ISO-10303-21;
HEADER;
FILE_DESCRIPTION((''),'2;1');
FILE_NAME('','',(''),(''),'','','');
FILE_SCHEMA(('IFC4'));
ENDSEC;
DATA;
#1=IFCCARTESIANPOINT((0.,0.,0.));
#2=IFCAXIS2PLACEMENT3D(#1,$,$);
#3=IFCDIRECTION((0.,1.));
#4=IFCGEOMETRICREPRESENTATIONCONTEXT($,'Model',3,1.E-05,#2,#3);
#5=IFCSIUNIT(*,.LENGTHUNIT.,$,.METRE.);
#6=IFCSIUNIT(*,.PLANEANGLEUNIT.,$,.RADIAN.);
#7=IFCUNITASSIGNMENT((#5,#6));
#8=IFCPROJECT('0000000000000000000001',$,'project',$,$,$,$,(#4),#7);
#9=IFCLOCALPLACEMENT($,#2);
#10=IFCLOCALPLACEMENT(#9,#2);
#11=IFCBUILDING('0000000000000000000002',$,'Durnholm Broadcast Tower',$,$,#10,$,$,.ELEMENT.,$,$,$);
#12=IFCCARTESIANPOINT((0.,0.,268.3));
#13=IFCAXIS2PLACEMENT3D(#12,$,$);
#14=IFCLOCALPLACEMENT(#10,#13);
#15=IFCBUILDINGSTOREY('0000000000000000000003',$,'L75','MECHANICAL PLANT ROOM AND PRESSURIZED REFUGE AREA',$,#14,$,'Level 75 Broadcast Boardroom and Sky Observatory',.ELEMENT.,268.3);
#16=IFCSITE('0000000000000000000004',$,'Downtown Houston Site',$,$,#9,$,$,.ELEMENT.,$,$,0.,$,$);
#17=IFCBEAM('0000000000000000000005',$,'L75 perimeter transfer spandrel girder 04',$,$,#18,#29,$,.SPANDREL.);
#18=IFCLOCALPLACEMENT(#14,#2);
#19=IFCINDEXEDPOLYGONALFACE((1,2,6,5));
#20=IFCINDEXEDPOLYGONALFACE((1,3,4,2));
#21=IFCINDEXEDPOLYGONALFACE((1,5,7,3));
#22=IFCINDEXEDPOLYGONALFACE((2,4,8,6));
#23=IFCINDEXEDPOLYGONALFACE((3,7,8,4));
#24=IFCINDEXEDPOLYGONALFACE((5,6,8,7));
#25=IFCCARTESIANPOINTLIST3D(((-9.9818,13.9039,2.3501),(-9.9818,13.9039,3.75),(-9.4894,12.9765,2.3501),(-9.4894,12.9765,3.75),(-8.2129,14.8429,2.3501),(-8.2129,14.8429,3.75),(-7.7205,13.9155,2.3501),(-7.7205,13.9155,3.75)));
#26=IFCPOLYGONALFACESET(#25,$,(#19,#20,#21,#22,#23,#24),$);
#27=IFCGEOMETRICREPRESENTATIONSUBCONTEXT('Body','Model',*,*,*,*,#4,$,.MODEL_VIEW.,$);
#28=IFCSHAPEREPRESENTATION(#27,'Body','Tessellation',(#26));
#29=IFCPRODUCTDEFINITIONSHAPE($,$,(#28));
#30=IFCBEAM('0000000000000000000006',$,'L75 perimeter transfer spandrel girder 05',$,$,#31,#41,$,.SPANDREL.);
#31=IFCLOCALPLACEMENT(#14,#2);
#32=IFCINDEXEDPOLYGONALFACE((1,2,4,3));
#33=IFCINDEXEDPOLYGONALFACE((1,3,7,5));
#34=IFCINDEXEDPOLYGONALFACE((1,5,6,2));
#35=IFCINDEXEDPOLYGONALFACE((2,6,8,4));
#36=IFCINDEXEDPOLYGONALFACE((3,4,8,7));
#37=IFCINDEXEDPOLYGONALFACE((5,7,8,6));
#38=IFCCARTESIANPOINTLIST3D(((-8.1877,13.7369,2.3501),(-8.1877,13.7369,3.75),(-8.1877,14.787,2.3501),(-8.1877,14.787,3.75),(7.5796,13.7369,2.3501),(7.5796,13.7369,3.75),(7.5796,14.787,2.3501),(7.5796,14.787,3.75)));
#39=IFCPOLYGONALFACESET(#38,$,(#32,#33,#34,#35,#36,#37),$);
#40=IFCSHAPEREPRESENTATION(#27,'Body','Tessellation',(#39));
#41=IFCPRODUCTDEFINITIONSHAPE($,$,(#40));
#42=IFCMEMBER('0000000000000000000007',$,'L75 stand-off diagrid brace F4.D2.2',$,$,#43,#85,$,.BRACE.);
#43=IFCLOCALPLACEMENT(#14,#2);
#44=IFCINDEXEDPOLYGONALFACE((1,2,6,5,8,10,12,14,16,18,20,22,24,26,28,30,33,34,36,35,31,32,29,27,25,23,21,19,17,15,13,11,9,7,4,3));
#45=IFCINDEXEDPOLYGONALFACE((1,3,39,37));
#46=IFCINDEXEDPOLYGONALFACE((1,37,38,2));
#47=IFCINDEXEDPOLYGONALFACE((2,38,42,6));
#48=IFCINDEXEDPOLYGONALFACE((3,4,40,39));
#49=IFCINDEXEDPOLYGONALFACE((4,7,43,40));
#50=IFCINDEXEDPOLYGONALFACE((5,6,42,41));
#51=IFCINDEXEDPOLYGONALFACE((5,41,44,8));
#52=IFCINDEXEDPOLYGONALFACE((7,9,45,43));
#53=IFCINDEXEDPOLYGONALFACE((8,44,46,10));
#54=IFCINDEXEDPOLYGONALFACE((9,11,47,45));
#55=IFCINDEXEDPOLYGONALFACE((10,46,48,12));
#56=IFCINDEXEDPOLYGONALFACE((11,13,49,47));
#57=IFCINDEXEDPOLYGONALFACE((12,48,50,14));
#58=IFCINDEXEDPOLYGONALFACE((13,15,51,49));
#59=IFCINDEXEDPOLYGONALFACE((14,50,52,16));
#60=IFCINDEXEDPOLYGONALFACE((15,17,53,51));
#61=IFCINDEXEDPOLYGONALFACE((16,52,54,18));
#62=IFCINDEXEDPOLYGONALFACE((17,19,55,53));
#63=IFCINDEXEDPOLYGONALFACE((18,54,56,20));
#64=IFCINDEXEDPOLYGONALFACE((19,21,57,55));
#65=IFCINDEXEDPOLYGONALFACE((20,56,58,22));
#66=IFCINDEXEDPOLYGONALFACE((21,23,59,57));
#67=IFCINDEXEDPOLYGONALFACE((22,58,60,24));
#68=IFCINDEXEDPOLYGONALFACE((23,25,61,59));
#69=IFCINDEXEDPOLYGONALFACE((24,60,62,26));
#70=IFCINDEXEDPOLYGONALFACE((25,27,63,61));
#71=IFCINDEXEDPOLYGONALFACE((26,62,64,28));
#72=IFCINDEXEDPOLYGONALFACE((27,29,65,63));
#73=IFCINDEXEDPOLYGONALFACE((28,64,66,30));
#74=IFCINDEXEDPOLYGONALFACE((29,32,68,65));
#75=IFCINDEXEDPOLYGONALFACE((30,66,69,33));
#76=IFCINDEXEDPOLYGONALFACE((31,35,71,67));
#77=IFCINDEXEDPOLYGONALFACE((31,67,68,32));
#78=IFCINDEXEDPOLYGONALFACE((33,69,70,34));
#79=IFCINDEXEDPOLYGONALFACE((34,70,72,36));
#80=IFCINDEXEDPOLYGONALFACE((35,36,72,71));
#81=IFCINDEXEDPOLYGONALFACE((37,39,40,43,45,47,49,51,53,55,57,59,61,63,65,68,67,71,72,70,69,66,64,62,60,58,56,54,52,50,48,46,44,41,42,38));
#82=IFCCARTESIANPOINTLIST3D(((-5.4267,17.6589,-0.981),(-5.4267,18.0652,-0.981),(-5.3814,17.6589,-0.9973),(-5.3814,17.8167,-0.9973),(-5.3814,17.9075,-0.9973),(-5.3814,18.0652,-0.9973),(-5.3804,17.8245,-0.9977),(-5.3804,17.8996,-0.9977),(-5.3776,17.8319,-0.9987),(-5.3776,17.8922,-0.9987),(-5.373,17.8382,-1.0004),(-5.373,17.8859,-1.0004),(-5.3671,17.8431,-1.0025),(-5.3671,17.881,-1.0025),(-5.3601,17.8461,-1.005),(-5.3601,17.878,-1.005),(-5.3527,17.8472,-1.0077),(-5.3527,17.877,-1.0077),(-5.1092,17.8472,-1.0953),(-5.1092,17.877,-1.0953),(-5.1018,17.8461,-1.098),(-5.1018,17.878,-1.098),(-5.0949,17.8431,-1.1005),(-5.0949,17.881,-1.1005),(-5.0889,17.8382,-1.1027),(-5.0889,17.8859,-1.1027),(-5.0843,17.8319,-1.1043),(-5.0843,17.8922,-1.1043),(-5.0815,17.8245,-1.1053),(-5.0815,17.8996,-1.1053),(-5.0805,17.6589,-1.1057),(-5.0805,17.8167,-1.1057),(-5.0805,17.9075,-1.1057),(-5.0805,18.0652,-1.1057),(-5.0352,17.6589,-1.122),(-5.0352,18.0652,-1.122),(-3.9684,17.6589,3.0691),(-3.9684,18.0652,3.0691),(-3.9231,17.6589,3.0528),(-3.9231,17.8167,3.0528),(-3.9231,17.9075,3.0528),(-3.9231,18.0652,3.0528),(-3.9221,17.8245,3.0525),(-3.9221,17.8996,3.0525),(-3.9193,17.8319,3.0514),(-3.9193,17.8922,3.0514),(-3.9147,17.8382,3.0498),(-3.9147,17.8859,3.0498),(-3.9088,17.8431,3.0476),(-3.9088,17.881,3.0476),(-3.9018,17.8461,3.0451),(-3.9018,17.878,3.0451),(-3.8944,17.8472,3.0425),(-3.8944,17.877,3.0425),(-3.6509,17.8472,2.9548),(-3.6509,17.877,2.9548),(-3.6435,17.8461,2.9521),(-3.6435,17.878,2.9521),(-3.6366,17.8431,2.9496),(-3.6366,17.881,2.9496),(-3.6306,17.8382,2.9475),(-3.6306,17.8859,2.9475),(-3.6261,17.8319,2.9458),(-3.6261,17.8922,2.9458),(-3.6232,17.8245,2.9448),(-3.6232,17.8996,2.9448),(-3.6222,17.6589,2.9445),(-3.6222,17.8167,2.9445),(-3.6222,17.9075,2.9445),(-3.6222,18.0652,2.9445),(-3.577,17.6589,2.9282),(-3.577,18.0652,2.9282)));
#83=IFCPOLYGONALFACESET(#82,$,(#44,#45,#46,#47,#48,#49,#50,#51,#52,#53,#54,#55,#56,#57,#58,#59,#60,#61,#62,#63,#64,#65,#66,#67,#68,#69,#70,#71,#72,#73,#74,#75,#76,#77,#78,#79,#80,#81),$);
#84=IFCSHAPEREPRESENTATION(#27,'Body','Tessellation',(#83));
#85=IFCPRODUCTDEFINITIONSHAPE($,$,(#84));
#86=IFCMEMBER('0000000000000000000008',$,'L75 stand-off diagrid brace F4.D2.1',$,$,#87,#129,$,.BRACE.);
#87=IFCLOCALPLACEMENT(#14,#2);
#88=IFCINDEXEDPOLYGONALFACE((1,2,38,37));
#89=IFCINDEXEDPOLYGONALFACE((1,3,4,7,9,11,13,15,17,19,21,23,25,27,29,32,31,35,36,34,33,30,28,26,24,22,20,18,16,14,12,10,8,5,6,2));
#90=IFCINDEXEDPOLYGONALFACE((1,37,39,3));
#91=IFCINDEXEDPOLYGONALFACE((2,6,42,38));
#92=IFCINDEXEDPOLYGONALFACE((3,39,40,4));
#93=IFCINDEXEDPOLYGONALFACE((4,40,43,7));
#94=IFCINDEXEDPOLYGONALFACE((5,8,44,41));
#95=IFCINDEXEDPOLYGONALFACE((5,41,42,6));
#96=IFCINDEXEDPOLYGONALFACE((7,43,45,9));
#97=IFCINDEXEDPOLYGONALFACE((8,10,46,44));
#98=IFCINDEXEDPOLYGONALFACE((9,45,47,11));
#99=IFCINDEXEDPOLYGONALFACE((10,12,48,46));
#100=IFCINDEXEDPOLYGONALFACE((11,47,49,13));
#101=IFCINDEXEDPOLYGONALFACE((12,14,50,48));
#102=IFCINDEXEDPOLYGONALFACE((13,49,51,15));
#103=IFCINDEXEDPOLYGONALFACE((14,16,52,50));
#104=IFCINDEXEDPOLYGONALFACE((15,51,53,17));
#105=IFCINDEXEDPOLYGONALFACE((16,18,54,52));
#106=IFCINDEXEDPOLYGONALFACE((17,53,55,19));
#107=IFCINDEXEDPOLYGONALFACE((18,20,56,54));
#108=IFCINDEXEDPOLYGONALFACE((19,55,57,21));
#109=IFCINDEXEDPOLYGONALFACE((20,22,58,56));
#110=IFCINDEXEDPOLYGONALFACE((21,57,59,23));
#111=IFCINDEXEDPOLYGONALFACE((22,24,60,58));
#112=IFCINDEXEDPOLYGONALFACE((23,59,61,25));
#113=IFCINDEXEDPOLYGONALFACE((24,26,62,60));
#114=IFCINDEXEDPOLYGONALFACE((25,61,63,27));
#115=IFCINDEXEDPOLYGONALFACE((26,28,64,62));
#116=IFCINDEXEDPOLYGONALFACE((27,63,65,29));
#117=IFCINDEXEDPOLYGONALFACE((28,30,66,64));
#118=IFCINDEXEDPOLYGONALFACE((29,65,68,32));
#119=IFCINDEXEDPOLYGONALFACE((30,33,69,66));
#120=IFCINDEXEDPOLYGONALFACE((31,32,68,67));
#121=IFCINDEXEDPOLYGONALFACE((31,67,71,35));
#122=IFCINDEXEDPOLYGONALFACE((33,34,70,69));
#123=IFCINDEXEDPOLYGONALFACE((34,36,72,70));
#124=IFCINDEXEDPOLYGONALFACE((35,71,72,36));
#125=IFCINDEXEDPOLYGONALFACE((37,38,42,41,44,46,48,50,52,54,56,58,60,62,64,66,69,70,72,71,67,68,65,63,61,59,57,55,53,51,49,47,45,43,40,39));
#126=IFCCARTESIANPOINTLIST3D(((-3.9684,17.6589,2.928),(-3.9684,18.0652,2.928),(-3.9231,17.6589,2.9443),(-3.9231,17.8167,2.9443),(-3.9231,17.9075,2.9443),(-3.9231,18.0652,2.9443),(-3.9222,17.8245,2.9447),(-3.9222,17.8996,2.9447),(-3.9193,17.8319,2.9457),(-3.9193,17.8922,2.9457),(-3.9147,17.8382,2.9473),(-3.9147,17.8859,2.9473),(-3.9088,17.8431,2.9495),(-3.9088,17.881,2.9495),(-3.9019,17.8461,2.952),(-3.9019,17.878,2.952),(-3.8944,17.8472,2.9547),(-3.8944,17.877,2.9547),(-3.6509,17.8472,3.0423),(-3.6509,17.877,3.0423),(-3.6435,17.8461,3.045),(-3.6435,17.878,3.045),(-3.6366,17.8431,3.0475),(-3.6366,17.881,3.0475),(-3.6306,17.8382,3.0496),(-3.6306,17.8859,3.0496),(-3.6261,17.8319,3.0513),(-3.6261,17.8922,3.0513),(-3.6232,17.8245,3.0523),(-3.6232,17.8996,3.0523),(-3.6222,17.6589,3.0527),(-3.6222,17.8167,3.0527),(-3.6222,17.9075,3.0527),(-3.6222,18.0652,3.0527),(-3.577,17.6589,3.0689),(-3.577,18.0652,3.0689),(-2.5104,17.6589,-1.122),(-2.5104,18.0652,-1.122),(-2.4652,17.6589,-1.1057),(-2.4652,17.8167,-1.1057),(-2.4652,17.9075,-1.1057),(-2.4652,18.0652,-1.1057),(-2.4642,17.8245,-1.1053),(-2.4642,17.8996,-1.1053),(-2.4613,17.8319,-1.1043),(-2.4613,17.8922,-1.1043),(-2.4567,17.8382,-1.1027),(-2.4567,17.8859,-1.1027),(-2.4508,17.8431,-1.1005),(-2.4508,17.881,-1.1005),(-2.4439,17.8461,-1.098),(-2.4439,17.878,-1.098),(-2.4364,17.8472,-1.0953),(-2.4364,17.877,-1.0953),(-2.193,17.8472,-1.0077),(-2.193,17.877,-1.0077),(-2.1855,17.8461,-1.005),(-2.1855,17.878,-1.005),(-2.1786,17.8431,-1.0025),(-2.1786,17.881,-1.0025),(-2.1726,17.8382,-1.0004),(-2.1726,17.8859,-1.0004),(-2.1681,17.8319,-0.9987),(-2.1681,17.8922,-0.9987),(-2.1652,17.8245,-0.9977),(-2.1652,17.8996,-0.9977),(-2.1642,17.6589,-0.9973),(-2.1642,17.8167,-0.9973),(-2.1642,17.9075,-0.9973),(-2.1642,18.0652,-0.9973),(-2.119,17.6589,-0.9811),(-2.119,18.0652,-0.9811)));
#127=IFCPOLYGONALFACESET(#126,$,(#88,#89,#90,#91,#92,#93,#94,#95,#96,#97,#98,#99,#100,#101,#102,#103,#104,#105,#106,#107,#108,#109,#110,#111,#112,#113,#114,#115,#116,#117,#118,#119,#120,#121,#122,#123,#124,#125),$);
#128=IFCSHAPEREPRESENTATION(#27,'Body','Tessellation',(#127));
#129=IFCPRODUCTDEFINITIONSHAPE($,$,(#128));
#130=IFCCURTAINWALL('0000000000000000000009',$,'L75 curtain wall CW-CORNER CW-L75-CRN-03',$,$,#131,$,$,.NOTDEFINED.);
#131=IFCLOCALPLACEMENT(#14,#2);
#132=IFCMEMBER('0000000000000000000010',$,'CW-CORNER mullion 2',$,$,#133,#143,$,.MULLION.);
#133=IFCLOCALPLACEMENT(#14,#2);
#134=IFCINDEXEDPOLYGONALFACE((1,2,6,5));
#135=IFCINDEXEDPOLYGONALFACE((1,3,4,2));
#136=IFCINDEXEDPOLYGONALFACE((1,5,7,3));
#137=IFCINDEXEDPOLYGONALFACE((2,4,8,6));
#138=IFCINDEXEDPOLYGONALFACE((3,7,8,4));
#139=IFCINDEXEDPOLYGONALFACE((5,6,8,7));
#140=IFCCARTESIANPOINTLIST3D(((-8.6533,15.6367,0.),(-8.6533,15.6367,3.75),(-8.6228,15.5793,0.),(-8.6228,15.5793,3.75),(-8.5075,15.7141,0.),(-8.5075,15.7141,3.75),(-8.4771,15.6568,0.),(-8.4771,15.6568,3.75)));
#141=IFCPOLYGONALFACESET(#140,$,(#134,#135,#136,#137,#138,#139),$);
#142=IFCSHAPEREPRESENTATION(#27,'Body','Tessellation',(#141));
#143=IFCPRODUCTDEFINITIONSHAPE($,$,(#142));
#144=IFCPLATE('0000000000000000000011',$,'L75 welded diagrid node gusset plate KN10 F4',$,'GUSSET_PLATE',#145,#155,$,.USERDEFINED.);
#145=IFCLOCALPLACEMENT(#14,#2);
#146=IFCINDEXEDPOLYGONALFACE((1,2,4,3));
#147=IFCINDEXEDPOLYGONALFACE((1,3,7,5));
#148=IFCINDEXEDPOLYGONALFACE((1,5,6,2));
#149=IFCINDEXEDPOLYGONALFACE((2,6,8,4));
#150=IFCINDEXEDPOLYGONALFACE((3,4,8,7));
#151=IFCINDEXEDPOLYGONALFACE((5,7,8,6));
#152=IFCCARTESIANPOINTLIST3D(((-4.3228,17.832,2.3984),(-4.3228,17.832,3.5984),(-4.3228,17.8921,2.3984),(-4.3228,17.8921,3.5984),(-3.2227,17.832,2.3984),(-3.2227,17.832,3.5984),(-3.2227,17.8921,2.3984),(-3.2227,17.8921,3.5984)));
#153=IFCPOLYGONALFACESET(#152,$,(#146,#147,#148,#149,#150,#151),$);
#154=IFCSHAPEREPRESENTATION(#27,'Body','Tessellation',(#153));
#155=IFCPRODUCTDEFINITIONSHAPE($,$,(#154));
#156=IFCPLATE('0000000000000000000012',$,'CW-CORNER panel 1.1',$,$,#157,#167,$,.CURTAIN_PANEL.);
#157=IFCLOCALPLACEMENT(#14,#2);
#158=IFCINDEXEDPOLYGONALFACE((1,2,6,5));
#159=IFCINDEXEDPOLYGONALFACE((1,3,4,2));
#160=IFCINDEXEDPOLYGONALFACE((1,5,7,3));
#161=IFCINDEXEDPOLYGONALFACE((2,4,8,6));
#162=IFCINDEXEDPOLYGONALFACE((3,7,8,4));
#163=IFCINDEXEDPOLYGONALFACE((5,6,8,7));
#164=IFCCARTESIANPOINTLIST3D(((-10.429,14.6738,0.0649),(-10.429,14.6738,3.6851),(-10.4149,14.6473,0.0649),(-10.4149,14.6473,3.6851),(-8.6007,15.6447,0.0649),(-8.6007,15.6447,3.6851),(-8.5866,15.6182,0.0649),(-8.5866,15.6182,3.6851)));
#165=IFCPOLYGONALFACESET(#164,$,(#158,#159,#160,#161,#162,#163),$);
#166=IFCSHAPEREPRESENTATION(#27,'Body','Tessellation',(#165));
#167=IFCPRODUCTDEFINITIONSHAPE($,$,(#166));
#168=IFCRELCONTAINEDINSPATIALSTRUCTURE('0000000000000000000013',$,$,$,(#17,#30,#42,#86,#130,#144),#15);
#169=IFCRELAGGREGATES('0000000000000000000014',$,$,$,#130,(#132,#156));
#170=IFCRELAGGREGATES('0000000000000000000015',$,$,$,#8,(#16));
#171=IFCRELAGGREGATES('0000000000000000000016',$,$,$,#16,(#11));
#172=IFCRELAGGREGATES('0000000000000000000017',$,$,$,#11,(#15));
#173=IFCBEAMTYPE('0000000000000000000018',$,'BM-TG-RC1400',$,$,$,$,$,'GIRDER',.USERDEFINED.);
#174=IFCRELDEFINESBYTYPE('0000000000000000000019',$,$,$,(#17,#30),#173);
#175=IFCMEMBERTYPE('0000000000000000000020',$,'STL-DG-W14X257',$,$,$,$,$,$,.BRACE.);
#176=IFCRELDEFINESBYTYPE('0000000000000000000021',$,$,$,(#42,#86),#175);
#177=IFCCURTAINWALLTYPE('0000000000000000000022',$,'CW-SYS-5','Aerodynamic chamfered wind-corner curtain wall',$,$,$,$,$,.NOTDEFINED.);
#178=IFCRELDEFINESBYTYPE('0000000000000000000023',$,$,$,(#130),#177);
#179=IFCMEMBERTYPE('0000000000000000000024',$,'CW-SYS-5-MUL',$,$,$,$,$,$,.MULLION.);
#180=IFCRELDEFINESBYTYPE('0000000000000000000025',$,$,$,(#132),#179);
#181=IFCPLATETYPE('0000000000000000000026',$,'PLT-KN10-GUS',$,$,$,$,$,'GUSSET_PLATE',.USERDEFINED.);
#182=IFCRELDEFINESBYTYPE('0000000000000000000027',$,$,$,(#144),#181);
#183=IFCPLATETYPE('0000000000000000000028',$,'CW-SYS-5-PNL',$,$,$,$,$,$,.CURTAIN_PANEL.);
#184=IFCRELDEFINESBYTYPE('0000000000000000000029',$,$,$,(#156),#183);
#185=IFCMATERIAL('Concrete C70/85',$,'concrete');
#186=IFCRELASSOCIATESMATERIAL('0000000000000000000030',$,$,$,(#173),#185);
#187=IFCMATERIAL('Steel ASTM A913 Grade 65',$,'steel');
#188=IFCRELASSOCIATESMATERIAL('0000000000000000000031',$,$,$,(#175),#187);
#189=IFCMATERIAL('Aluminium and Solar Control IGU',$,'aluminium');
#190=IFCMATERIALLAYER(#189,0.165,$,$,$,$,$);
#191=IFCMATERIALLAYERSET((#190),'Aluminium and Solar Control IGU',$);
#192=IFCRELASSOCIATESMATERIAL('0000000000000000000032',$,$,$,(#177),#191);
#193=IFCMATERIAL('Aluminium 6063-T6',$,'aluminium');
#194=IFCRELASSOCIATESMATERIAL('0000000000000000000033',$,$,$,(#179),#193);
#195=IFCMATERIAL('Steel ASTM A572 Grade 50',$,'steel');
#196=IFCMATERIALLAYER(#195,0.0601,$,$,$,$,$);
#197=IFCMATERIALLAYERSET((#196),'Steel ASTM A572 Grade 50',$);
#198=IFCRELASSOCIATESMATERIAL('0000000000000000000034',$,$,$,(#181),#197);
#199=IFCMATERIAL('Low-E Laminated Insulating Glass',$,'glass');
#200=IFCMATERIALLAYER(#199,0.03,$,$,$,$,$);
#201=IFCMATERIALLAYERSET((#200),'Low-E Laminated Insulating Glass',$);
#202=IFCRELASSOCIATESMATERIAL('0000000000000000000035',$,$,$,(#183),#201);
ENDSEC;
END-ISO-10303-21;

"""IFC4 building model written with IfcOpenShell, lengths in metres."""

from ifc_helpers import new_model, si_unit, direction, frame, origin, origin_2d, place, context, subcontext, project, spatial, rectangle, i_section, extrude, source, transform, mapped, material, layer, layer_set, material_profile, profile_set, type_object, type_shapes, element, aggregate, save


model = new_model("IFC4")

# Units and contexts
model_context = context("Model", 3, precision=1e-05, world=origin(), true_north=direction((0.0, 1.0)))
body_context = subcontext(model_context, "Body", "Model", "MODEL_VIEW")
ifc_project = project(units=[si_unit("LENGTHUNIT", "METRE"), si_unit("PLANEANGLEUNIT", "RADIAN")], contexts=[model_context])

# Site, building, storey
site_placement = place(None, origin())
site = spatial("IfcSite", under=ifc_project, at=site_placement, Name="Downtown Houston Site", CompositionType="ELEMENT", RefElevation=0.0)
building_placement = place(site_placement, origin())
building = spatial("IfcBuilding", under=site, at=building_placement, Name="Durnholm Broadcast Tower", CompositionType="ELEMENT")
storey_placement = place(building_placement, frame((0.0, 0.0, 268.3)))
storey = spatial("IfcBuildingStorey", under=building, at=storey_placement, Name="L75", Description="MECHANICAL PLANT ROOM AND PRESSURIZED REFUGE AREA", LongName="Level 75 Broadcast Boardroom and Sky Observatory", CompositionType="ELEMENT", Elevation=268.3)

# Shared definitions
ifc_material_1 = material(Name="Concrete C70/85", Category="concrete")

# Beams
ifc_material_profile_1 = material_profile(ifc_material_1, rectangle(XDim=1.05, YDim=1.3999, at=origin_2d()), Name="RC1050X1400")
ifc_profile_set_1 = profile_set([ifc_material_profile_1], Name="Concrete C70/85")
beam_type_1 = type_object("IfcBeamType", Name="BM-TG-RC1400", ElementType="GIRDER", PredefinedType="USERDEFINED", material=ifc_profile_set_1)
shared_shape_1 = source(origin(), body_context, "Body", "SweptSolid", [
    extrude(rectangle(XDim=1.05, YDim=1.3999, at=origin_2d()), origin(), (0.0, 0.0, 1.0), 2.0027),
])
beam_1_placement = place(storey_placement, frame((-9.7356, 13.4402, 3.05), z_axis=(0.883262, 0.468879, 0.0), x_axis=(-0.468879, 0.883262, 0.0)))
element("IfcBeam", 1, at=beam_1_placement, inside=storey, type_object=beam_type_1, Name="L75 perimeter transfer spandrel girder 04", PredefinedType="SPANDREL", context=body_context, shape_type="MappedRepresentation", body=[
    mapped(shared_shape_1, transform((0.0, 0.0, 0.0), x_axis=(1.0, 0.0, 0.0), y_axis=(0.0, 1.0, 0.0), z_axis=(0.0, 0.0, 1.0), scale=1.0)),
])
shared_shape_2 = source(origin(), body_context, "Body", "SweptSolid", [
    extrude(rectangle(XDim=1.05, YDim=1.3999, at=origin_2d()), origin(), (0.0, 0.0, 1.0), 15.7673),
])
type_shapes(beam_type_1, [shared_shape_1, shared_shape_2])
beam_2_placement = place(storey_placement, frame((-8.1877, 14.262, 3.05), z_axis=(1.0, 0.0, 0.0), x_axis=(0.0, 1.0, 0.0)))
element("IfcBeam", 2, at=beam_2_placement, inside=storey, type_object=beam_type_1, Name="L75 perimeter transfer spandrel girder 05", PredefinedType="SPANDREL", context=body_context, shape_type="MappedRepresentation", body=[
    mapped(shared_shape_2, transform((0.0, 0.0, 0.0), x_axis=(1.0, 0.0, 0.0), y_axis=(0.0, 1.0, 0.0), z_axis=(0.0, 0.0, 1.0), scale=1.0)),
])

# Members
ifc_material_2 = material(Name="Steel ASTM A913 Grade 65", Category="steel")
ifc_material_profile_2 = material_profile(ifc_material_2, i_section(OverallWidth=0.4062, OverallDepth=0.416, WebThickness=0.0298, FlangeThickness=0.0481, FilletRadius=0.0305, at=origin_2d()), Name="W14X257")
ifc_profile_set_2 = profile_set([ifc_material_profile_2], Name="Steel ASTM A913 Grade 65")
member_type_1 = type_object("IfcMemberType", Name="STL-DG-W14X257", PredefinedType="BRACE", material=ifc_profile_set_2)
shared_shape_3 = source(origin(), body_context, "Body", "SweptSolid", [
    extrude(i_section(OverallWidth=0.4062, OverallDepth=0.416, WebThickness=0.0298, FlangeThickness=0.0481, FilletRadius=0.0305, at=origin_2d()), origin(), (0.0, 0.0, 1.0), 4.3047),
])
member_1_placement = place(storey_placement, frame((-5.231, 17.8621, -1.0515), z_axis=(0.338768, 0.0, 0.94087), x_axis=(0.0, 1.0, 0.0)))
element("IfcMember", 3, at=member_1_placement, inside=storey, type_object=member_type_1, Name="L75 stand-off diagrid brace F4.D2.2", PredefinedType="BRACE", context=body_context, shape_type="MappedRepresentation", body=[
    mapped(shared_shape_3, transform((0.0, 0.0, 0.0), x_axis=(1.0, 0.0, 0.0), y_axis=(0.0, 1.0, 0.0), z_axis=(0.0, 0.0, 1.0), scale=1.0)),
])
shared_shape_4 = source(origin(), body_context, "Body", "SweptSolid", [
    extrude(i_section(OverallWidth=0.4062, OverallDepth=0.416, WebThickness=0.0298, FlangeThickness=0.0481, FilletRadius=0.0305, at=origin_2d()), origin(), (0.0, 0.0, 1.0), 4.3044),
])
type_shapes(member_type_1, [shared_shape_3, shared_shape_4])
member_2_placement = place(storey_placement, frame((-2.3147, 17.8621, -1.0515), z_axis=(-0.338717, 0.0, 0.940888), x_axis=(0.0, -1.0, 0.0)))
element("IfcMember", 4, at=member_2_placement, inside=storey, type_object=member_type_1, Name="L75 stand-off diagrid brace F4.D2.1", PredefinedType="BRACE", context=body_context, shape_type="MappedRepresentation", body=[
    mapped(shared_shape_4, transform((0.0, 0.0, 0.0), x_axis=(1.0, 0.0, 0.0), y_axis=(0.0, 1.0, 0.0), z_axis=(0.0, 0.0, 1.0), scale=1.0)),
])

# Curtain wall, member
ifc_material_3 = material(Name="Aluminium and Solar Control IGU", Category="aluminium")
ifc_layer_1 = layer(ifc_material_3, 0.165)
ifc_layer_set_1 = layer_set([ifc_layer_1], Name="Aluminium and Solar Control IGU")
curtain_wall_type = type_object("IfcCurtainWallType", Name="CW-SYS-5", Description="Aerodynamic chamfered wind-corner curtain wall", PredefinedType="NOTDEFINED", material=ifc_layer_set_1)
curtain_wall_placement = place(storey_placement, origin())
curtain_wall = element("IfcCurtainWall", 5, at=curtain_wall_placement, inside=storey, type_object=curtain_wall_type, Name="L75 curtain wall CW-CORNER CW-L75-CRN-03", PredefinedType="NOTDEFINED")
ifc_material_4 = material(Name="Aluminium 6063-T6", Category="aluminium")
ifc_material_profile_3 = material_profile(ifc_material_4, rectangle(XDim=0.0649, YDim=0.165, at=origin_2d()), Name="CWM65X165")
ifc_profile_set_3 = profile_set([ifc_material_profile_3], Name="Aluminium 6063-T6")
member_type_2 = type_object("IfcMemberType", Name="CW-SYS-5-MUL", PredefinedType="MULLION", material=ifc_profile_set_3)
shared_shape_5 = source(origin(), body_context, "Body", "SweptSolid", [
    extrude(rectangle(XDim=0.0649, YDim=0.165, at=origin_2d()), origin(), (0.0, 0.0, 1.0), 3.75),
])
type_shapes(member_type_2, [shared_shape_5])
member_3_placement = place(storey_placement, frame((-8.5652, 15.6467, 0.0), z_axis=(0.0, 0.0, 1.0), x_axis=(-0.469007, 0.883195, 0.0)))
member_3 = element("IfcMember", 6, at=member_3_placement, type_object=member_type_2, Name="CW-CORNER mullion 2", PredefinedType="MULLION", context=body_context, shape_type="MappedRepresentation", body=[
    mapped(shared_shape_5, transform((0.0, 0.0, 0.0), x_axis=(1.0, 0.0, 0.0), y_axis=(0.0, 1.0, 0.0), z_axis=(0.0, 0.0, 1.0), scale=1.0)),
])

# Plates
ifc_material_5 = material(Name="Steel ASTM A572 Grade 50", Category="steel")
ifc_layer_2 = layer(ifc_material_5, 0.0601)
ifc_layer_set_2 = layer_set([ifc_layer_2], Name="Steel ASTM A572 Grade 50")
plate_type_1 = type_object("IfcPlateType", Name="PLT-KN10-GUS", ElementType="GUSSET_PLATE", PredefinedType="USERDEFINED", material=ifc_layer_set_2)
shared_shape_6 = source(origin(), body_context, "Body", "SweptSolid", [
    extrude(rectangle(XDim=1.1001, YDim=0.0601, at=origin_2d()), origin(), (0.0, 0.0, 1.0), 1.2),
])
type_shapes(plate_type_1, [shared_shape_6])
plate_1_placement = place(storey_placement, frame((-3.7727, 17.8621, 2.3984), z_axis=(0.0, 0.0, 1.0), x_axis=(-1.0, 0.0, 0.0)))
element("IfcPlate", 7, at=plate_1_placement, inside=storey, type_object=plate_type_1, Name="L75 welded diagrid node gusset plate KN10 F4", ObjectType="GUSSET_PLATE", PredefinedType="USERDEFINED", context=body_context, shape_type="MappedRepresentation", body=[
    mapped(shared_shape_6, transform((0.0, 0.0, 0.0), x_axis=(1.0, 0.0, 0.0), y_axis=(0.0, 1.0, 0.0), z_axis=(0.0, 0.0, 1.0), scale=1.0)),
])
ifc_material_6 = material(Name="Low-E Laminated Insulating Glass", Category="glass")
ifc_layer_3 = layer(ifc_material_6, 0.03)
ifc_layer_set_3 = layer_set([ifc_layer_3], Name="Low-E Laminated Insulating Glass")
plate_type_2 = type_object("IfcPlateType", Name="CW-SYS-5-PNL", PredefinedType="CURTAIN_PANEL", material=ifc_layer_set_3)
shared_shape_7 = source(origin(), body_context, "Body", "SweptSolid", [
    extrude(rectangle(XDim=2.0701, YDim=0.03, at=origin_2d()), origin(), (0.0, 0.0, 1.0), 3.6201),
])
type_shapes(plate_type_2, [shared_shape_7])
plate_2_placement = place(storey_placement, frame((-9.5078, 15.146, 0.0649), z_axis=(0.0, 0.0, 1.0), x_axis=(0.883195, 0.469007, 0.0)))
plate_2 = element("IfcPlate", 8, at=plate_2_placement, type_object=plate_type_2, Name="CW-CORNER panel 1.1", PredefinedType="CURTAIN_PANEL", context=body_context, shape_type="MappedRepresentation", body=[
    mapped(shared_shape_7, transform((0.0, 0.0, 0.0), x_axis=(1.0, 0.0, 0.0), y_axis=(0.0, 1.0, 0.0), z_axis=(0.0, 0.0, 1.0), scale=1.0)),
])
aggregate(curtain_wall, [member_3, plate_2])

save(model, "model.ifc")
